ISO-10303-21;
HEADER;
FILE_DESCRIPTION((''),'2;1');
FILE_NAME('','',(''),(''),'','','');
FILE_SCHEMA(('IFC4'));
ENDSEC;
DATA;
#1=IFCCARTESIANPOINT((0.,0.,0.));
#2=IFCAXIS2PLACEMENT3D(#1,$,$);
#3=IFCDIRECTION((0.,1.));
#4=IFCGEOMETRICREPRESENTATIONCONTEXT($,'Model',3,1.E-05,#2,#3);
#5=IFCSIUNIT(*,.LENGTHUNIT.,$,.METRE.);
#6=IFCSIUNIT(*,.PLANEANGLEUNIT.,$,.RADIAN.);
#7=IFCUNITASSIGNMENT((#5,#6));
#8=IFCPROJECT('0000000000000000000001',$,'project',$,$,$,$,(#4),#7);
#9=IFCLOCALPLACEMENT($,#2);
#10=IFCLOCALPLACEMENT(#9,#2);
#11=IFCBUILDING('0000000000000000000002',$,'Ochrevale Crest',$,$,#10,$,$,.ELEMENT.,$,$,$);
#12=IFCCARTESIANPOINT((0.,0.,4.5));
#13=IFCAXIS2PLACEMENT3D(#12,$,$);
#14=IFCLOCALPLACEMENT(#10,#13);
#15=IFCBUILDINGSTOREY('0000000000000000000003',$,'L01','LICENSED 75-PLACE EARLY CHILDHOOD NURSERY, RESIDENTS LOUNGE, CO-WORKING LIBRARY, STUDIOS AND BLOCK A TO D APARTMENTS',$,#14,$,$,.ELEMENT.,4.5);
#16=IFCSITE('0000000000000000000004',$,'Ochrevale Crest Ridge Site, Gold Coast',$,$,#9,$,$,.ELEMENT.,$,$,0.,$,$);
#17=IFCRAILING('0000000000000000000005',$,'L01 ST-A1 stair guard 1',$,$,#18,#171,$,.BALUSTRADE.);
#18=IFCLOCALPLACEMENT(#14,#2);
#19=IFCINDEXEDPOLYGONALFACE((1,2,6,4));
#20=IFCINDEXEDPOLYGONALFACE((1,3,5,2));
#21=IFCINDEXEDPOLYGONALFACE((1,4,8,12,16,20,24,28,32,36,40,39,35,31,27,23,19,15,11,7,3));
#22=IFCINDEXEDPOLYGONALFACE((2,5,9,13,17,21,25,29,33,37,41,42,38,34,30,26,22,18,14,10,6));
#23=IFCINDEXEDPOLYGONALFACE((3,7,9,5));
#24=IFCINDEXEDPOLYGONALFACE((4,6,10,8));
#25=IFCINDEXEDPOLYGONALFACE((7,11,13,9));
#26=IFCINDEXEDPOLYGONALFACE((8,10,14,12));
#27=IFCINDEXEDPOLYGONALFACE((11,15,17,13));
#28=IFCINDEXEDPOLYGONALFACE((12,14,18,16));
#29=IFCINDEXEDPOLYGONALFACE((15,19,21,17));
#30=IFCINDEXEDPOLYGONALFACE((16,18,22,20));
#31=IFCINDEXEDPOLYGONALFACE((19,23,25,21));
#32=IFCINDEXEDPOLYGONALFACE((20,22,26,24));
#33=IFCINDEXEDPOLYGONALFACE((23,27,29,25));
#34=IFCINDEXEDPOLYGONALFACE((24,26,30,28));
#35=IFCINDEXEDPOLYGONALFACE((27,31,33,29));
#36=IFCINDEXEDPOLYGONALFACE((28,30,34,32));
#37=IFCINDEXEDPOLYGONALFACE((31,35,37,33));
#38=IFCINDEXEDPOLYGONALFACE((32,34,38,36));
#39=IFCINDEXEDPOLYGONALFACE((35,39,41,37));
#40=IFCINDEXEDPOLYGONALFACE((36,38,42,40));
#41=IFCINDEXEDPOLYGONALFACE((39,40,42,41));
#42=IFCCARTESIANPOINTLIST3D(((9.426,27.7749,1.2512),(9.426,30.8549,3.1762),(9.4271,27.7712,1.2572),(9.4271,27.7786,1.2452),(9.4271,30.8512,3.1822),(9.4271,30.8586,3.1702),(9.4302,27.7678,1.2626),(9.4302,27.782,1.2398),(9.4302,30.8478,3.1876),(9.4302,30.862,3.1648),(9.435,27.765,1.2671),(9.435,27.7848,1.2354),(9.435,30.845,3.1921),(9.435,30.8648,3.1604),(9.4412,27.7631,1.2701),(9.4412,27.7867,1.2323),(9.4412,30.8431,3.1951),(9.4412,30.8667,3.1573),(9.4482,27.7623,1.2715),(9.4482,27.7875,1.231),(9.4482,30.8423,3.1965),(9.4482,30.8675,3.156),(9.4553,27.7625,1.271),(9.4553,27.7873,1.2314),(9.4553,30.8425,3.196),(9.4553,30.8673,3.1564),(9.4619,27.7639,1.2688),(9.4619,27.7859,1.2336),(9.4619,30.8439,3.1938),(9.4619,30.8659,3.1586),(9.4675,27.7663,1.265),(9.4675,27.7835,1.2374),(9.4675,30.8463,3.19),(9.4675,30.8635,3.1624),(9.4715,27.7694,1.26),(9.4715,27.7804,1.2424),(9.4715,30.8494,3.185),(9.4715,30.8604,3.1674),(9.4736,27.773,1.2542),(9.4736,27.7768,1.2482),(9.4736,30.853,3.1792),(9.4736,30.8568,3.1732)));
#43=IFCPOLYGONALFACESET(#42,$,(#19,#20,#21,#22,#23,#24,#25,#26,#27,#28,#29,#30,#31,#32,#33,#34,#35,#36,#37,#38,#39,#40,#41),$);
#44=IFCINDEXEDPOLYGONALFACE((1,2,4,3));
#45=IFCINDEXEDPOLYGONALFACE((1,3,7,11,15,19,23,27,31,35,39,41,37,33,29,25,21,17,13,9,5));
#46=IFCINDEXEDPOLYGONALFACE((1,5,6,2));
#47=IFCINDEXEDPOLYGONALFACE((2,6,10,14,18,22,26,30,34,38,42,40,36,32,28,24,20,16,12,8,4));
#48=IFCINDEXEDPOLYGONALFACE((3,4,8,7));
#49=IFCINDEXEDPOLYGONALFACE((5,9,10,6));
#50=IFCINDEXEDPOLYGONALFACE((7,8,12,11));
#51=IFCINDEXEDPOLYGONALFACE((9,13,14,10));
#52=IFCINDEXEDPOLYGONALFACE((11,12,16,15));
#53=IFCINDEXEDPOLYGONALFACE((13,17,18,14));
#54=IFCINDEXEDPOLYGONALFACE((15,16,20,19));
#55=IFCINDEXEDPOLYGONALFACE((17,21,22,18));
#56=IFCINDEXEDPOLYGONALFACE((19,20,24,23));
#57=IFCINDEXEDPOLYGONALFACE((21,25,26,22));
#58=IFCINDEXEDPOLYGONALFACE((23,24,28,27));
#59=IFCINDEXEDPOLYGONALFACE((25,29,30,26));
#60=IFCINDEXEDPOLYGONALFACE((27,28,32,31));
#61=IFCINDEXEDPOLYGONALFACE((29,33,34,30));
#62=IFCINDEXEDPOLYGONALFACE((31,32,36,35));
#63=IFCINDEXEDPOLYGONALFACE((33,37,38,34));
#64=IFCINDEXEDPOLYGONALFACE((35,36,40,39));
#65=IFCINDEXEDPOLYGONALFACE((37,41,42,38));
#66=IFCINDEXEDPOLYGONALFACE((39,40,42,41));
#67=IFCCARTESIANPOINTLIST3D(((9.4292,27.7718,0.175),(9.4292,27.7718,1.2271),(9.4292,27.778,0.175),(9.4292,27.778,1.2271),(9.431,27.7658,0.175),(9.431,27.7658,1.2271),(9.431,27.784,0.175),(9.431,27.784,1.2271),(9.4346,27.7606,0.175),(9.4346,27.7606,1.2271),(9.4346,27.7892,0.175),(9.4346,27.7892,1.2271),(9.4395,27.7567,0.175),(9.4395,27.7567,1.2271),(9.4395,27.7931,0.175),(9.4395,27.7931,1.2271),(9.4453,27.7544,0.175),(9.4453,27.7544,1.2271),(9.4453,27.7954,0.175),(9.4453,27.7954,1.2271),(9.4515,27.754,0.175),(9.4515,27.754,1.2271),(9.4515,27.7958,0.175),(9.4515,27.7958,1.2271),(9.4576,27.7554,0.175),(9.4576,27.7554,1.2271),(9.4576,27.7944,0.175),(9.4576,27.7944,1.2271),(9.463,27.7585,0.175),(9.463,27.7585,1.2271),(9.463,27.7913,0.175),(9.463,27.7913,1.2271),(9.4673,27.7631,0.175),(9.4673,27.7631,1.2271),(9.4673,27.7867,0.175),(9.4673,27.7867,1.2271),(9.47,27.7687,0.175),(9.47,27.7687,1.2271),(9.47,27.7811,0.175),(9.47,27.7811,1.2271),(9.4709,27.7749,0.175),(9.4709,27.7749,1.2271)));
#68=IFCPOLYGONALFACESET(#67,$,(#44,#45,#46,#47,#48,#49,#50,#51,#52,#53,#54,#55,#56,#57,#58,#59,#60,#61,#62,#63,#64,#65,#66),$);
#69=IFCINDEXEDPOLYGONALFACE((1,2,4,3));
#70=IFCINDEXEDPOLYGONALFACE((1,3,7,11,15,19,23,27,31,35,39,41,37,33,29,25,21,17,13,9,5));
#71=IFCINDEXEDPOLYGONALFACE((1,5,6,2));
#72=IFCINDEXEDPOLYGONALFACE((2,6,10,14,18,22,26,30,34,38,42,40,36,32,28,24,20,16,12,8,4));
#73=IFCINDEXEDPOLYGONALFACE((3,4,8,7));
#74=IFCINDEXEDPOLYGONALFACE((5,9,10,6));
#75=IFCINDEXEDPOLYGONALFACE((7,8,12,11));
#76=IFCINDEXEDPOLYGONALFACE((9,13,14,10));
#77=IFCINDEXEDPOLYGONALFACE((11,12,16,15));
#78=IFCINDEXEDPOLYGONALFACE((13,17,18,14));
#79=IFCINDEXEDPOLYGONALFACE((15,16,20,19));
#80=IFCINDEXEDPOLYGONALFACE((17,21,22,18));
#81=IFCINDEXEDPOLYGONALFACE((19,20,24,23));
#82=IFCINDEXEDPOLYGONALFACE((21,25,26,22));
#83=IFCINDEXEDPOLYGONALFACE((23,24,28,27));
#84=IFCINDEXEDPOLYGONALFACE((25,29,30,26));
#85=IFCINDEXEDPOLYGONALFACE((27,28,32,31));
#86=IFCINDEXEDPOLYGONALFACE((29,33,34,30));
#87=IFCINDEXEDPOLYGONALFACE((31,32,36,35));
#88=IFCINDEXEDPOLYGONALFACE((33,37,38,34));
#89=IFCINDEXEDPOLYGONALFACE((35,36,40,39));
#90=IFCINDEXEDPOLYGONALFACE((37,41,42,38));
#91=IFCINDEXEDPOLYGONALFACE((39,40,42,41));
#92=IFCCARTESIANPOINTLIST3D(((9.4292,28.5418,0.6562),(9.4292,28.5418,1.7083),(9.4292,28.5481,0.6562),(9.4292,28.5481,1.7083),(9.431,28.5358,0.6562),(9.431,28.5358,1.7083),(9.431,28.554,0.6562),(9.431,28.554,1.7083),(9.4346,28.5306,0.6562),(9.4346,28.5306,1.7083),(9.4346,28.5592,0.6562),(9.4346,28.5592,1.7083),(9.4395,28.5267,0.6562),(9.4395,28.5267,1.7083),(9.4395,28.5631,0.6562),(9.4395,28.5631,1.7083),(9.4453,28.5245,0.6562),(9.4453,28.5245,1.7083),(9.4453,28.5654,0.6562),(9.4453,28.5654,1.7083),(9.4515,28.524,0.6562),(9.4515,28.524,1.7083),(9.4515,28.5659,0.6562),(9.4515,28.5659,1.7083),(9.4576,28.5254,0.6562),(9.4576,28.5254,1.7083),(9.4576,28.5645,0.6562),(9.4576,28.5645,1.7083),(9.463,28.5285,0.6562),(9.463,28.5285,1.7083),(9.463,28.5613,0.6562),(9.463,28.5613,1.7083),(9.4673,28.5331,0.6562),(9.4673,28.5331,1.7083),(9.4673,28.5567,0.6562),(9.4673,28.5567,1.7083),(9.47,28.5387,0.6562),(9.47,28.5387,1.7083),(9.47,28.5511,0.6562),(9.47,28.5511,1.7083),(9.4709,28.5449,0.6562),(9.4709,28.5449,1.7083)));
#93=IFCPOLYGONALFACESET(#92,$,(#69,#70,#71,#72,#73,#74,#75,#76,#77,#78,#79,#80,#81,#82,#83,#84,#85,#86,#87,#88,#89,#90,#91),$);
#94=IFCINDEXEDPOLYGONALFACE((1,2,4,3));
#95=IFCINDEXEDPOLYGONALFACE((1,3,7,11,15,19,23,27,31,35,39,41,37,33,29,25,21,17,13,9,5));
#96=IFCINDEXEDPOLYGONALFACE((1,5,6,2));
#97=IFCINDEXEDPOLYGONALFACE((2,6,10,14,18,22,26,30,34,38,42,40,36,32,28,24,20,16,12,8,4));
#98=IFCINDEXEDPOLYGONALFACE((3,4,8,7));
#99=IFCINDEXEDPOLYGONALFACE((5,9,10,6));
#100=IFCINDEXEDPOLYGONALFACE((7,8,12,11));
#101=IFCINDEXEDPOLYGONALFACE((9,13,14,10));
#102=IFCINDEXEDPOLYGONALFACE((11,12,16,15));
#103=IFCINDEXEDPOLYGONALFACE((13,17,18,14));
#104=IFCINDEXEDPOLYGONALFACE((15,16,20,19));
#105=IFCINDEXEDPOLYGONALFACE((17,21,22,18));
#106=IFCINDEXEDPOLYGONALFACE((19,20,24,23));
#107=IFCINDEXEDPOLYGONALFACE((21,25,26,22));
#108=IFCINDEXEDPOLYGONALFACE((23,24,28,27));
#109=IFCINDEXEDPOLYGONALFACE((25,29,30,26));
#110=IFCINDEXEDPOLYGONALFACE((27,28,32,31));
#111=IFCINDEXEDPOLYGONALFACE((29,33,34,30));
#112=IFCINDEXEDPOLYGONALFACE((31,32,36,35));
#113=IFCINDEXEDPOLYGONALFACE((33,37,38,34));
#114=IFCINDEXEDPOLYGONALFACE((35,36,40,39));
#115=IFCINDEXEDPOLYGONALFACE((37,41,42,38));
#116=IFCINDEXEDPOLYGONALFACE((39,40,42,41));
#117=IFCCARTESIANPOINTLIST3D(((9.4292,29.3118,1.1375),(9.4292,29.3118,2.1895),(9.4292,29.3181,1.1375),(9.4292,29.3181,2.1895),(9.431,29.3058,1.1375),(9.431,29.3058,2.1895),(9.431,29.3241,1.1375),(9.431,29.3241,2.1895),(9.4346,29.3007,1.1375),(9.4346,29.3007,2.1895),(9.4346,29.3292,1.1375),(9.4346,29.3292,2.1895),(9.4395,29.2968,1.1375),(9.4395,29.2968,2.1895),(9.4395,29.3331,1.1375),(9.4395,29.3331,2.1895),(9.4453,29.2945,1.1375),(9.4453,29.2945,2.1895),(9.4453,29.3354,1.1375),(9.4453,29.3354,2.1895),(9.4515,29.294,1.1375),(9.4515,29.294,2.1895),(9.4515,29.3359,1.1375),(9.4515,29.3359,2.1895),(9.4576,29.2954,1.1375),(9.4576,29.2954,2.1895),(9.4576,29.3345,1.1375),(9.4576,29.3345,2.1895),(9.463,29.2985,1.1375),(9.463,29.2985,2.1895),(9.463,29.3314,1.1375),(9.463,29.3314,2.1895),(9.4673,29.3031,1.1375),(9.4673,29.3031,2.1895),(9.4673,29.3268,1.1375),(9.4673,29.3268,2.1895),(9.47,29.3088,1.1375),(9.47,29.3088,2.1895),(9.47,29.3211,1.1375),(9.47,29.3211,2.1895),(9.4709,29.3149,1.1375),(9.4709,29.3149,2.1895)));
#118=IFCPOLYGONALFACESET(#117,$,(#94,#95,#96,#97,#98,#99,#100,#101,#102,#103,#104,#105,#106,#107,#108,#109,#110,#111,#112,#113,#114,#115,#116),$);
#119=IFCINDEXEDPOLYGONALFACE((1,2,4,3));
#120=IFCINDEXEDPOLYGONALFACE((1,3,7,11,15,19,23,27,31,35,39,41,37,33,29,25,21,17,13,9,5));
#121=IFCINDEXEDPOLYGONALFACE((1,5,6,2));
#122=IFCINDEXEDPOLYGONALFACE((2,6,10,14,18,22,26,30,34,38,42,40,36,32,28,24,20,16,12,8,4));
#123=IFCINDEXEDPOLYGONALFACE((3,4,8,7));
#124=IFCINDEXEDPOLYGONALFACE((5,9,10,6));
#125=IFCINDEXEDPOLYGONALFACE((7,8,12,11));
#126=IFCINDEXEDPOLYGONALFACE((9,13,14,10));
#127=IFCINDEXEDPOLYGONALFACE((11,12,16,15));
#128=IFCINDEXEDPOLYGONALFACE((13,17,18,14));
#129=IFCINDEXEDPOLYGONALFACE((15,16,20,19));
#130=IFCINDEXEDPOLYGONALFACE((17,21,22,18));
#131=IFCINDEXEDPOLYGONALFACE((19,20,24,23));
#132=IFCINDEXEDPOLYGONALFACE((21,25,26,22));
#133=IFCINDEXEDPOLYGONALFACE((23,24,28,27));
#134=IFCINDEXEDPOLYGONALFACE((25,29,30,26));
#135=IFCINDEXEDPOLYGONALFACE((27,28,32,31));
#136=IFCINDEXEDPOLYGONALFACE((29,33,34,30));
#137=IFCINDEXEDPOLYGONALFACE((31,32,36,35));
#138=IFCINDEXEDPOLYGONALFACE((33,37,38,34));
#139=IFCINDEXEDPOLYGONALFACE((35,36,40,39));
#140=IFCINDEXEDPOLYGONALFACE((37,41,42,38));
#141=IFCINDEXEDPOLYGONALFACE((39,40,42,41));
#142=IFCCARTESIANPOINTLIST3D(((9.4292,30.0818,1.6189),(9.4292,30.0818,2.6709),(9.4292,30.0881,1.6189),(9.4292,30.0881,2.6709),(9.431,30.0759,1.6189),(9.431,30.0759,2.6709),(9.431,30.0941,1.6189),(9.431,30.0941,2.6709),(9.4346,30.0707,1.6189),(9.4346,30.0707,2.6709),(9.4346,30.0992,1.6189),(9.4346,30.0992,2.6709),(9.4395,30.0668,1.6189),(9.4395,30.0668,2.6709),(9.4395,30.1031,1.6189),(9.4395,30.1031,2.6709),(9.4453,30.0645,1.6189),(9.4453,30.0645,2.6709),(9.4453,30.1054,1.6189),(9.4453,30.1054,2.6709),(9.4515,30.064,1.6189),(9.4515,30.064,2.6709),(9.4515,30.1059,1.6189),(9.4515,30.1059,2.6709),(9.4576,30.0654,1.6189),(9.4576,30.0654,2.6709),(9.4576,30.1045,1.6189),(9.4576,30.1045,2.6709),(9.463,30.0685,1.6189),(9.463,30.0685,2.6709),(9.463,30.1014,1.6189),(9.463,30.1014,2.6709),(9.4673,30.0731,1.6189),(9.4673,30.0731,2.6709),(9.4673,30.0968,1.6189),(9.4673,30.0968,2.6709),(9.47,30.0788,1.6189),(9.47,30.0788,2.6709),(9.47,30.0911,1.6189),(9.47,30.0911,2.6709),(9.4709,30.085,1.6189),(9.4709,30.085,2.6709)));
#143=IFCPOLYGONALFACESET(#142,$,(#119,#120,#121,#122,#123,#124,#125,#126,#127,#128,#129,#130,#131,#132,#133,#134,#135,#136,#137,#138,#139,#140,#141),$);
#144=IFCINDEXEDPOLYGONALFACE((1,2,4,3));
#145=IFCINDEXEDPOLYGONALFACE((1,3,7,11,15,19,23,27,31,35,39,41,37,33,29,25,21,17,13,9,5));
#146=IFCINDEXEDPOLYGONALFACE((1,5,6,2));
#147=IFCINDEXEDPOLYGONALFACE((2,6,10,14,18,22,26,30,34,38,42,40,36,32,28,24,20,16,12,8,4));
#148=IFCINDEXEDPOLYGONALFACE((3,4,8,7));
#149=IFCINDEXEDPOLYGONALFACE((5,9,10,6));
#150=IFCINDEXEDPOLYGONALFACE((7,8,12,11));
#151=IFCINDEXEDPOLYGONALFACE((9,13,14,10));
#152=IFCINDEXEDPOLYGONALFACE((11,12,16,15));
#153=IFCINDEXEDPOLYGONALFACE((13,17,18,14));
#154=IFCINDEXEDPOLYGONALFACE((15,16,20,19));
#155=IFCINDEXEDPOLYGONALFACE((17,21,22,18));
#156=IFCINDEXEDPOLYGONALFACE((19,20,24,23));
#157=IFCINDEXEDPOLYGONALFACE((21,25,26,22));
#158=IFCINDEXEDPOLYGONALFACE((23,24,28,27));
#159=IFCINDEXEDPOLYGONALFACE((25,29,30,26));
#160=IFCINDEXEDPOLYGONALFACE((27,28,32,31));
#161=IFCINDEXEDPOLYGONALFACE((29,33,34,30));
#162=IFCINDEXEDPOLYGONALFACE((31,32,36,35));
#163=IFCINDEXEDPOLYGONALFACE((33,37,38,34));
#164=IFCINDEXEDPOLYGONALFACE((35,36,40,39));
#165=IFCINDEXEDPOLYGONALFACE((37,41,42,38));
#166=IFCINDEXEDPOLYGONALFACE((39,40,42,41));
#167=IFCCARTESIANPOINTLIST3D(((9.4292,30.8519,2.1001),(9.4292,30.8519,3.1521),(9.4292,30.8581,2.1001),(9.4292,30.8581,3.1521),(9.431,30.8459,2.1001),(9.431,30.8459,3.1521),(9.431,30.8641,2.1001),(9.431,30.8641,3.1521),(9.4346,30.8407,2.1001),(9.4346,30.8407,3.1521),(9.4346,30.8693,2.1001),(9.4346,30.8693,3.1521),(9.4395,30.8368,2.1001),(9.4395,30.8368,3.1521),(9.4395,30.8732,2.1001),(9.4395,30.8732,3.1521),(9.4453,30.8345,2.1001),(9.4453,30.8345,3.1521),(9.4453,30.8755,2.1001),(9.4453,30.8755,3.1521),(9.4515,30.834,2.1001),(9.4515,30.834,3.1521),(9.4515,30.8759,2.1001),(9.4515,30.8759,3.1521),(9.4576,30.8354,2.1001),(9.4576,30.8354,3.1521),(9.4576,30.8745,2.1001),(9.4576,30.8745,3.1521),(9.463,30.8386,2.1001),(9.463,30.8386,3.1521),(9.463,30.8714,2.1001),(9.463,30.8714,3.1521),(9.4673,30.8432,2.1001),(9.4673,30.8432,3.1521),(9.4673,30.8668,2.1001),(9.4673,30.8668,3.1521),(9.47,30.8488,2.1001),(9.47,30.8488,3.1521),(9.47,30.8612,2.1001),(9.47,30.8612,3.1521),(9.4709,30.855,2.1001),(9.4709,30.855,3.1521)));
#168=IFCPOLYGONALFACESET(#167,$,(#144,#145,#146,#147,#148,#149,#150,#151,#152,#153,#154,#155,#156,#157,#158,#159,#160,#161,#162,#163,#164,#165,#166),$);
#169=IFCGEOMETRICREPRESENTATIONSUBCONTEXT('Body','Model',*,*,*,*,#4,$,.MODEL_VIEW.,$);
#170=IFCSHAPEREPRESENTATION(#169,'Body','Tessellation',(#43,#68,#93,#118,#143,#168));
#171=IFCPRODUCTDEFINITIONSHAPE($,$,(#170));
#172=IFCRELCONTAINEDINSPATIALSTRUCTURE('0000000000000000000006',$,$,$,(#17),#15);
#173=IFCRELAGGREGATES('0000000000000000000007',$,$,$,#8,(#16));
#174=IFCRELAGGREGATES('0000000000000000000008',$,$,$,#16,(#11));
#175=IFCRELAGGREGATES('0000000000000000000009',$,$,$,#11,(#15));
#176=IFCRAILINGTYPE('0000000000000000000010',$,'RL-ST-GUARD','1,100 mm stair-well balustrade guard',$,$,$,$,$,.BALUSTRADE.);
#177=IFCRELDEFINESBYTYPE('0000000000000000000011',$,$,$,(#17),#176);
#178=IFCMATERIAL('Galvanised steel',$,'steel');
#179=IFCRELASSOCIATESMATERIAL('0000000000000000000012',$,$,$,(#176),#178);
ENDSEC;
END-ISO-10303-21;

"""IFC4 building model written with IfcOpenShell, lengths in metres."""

from ifc_helpers import new_model, si_unit, direction, frame, origin, origin_2d, place, context, subcontext, project, spatial, circle, extrude, material, type_object, element, save


model = new_model("IFC4")

# Units and contexts
model_context = context("Model", 3, precision=1e-05, world=origin(), true_north=direction((0.0, 1.0)))
body_context = subcontext(model_context, "Body", "Model", "MODEL_VIEW")
ifc_project = project(units=[si_unit("LENGTHUNIT", "METRE"), si_unit("PLANEANGLEUNIT", "RADIAN")], contexts=[model_context])

# Site, building, storey
site_placement = place(None, origin())
site = spatial("IfcSite", under=ifc_project, at=site_placement, Name="Ochrevale Crest Ridge Site, Gold Coast", CompositionType="ELEMENT", RefElevation=0.0)
building_placement = place(site_placement, origin())
building = spatial("IfcBuilding", under=site, at=building_placement, Name="Ochrevale Crest", CompositionType="ELEMENT")
storey_placement = place(building_placement, frame((0.0, 0.0, 4.5)))
storey = spatial("IfcBuildingStorey", under=building, at=storey_placement, Name="L01", Description="LICENSED 75-PLACE EARLY CHILDHOOD NURSERY, RESIDENTS LOUNGE, CO-WORKING LIBRARY, STUDIOS AND BLOCK A TO D APARTMENTS", CompositionType="ELEMENT", Elevation=4.5)

# Railing
ifc_material_1 = material(Name="Galvanised steel", Category="steel")
railing_type_1 = type_object("IfcRailingType", Name="RL-ST-GUARD", Description="1,100 mm stair-well balustrade guard", PredefinedType="BALUSTRADE", material=ifc_material_1)
railing_1_placement = place(storey_placement, frame((9.45, 27.7749, 0.175)))
element("IfcRailing", 1, at=railing_1_placement, inside=storey, type_object=railing_type_1, Name="L01 ST-A1 stair guard 1", PredefinedType="BALUSTRADE", context=body_context, shape_type="SweptSolid", body=[
    extrude(circle(Radius=0.0239, at=origin_2d()), frame((0.0, 0.0, 1.0762), z_axis=(0.0, 0.847998, 0.529999), x_axis=(-1.0, 0.0, 0.0)), (0.0, 0.0, 1.0), 3.6321),
    extrude(circle(Radius=0.021, at=origin_2d()), origin(), (0.0, 0.0, 1.0), 1.052),
    extrude(circle(Radius=0.021, at=origin_2d()), frame((0.0, 0.77, 0.4812)), (0.0, 0.0, 1.0), 1.052),
    extrude(circle(Radius=0.021, at=origin_2d()), frame((0.0, 1.54, 0.9624)), (0.0, 0.0, 1.0), 1.052),
    extrude(circle(Radius=0.021, at=origin_2d()), frame((0.0, 2.3101, 1.4438)), (0.0, 0.0, 1.0), 1.052),
    extrude(circle(Radius=0.021, at=origin_2d()), frame((0.0, 3.0801, 1.925)), (0.0, 0.0, 1.0), 1.052),
])

save(model, "model.ifc")
